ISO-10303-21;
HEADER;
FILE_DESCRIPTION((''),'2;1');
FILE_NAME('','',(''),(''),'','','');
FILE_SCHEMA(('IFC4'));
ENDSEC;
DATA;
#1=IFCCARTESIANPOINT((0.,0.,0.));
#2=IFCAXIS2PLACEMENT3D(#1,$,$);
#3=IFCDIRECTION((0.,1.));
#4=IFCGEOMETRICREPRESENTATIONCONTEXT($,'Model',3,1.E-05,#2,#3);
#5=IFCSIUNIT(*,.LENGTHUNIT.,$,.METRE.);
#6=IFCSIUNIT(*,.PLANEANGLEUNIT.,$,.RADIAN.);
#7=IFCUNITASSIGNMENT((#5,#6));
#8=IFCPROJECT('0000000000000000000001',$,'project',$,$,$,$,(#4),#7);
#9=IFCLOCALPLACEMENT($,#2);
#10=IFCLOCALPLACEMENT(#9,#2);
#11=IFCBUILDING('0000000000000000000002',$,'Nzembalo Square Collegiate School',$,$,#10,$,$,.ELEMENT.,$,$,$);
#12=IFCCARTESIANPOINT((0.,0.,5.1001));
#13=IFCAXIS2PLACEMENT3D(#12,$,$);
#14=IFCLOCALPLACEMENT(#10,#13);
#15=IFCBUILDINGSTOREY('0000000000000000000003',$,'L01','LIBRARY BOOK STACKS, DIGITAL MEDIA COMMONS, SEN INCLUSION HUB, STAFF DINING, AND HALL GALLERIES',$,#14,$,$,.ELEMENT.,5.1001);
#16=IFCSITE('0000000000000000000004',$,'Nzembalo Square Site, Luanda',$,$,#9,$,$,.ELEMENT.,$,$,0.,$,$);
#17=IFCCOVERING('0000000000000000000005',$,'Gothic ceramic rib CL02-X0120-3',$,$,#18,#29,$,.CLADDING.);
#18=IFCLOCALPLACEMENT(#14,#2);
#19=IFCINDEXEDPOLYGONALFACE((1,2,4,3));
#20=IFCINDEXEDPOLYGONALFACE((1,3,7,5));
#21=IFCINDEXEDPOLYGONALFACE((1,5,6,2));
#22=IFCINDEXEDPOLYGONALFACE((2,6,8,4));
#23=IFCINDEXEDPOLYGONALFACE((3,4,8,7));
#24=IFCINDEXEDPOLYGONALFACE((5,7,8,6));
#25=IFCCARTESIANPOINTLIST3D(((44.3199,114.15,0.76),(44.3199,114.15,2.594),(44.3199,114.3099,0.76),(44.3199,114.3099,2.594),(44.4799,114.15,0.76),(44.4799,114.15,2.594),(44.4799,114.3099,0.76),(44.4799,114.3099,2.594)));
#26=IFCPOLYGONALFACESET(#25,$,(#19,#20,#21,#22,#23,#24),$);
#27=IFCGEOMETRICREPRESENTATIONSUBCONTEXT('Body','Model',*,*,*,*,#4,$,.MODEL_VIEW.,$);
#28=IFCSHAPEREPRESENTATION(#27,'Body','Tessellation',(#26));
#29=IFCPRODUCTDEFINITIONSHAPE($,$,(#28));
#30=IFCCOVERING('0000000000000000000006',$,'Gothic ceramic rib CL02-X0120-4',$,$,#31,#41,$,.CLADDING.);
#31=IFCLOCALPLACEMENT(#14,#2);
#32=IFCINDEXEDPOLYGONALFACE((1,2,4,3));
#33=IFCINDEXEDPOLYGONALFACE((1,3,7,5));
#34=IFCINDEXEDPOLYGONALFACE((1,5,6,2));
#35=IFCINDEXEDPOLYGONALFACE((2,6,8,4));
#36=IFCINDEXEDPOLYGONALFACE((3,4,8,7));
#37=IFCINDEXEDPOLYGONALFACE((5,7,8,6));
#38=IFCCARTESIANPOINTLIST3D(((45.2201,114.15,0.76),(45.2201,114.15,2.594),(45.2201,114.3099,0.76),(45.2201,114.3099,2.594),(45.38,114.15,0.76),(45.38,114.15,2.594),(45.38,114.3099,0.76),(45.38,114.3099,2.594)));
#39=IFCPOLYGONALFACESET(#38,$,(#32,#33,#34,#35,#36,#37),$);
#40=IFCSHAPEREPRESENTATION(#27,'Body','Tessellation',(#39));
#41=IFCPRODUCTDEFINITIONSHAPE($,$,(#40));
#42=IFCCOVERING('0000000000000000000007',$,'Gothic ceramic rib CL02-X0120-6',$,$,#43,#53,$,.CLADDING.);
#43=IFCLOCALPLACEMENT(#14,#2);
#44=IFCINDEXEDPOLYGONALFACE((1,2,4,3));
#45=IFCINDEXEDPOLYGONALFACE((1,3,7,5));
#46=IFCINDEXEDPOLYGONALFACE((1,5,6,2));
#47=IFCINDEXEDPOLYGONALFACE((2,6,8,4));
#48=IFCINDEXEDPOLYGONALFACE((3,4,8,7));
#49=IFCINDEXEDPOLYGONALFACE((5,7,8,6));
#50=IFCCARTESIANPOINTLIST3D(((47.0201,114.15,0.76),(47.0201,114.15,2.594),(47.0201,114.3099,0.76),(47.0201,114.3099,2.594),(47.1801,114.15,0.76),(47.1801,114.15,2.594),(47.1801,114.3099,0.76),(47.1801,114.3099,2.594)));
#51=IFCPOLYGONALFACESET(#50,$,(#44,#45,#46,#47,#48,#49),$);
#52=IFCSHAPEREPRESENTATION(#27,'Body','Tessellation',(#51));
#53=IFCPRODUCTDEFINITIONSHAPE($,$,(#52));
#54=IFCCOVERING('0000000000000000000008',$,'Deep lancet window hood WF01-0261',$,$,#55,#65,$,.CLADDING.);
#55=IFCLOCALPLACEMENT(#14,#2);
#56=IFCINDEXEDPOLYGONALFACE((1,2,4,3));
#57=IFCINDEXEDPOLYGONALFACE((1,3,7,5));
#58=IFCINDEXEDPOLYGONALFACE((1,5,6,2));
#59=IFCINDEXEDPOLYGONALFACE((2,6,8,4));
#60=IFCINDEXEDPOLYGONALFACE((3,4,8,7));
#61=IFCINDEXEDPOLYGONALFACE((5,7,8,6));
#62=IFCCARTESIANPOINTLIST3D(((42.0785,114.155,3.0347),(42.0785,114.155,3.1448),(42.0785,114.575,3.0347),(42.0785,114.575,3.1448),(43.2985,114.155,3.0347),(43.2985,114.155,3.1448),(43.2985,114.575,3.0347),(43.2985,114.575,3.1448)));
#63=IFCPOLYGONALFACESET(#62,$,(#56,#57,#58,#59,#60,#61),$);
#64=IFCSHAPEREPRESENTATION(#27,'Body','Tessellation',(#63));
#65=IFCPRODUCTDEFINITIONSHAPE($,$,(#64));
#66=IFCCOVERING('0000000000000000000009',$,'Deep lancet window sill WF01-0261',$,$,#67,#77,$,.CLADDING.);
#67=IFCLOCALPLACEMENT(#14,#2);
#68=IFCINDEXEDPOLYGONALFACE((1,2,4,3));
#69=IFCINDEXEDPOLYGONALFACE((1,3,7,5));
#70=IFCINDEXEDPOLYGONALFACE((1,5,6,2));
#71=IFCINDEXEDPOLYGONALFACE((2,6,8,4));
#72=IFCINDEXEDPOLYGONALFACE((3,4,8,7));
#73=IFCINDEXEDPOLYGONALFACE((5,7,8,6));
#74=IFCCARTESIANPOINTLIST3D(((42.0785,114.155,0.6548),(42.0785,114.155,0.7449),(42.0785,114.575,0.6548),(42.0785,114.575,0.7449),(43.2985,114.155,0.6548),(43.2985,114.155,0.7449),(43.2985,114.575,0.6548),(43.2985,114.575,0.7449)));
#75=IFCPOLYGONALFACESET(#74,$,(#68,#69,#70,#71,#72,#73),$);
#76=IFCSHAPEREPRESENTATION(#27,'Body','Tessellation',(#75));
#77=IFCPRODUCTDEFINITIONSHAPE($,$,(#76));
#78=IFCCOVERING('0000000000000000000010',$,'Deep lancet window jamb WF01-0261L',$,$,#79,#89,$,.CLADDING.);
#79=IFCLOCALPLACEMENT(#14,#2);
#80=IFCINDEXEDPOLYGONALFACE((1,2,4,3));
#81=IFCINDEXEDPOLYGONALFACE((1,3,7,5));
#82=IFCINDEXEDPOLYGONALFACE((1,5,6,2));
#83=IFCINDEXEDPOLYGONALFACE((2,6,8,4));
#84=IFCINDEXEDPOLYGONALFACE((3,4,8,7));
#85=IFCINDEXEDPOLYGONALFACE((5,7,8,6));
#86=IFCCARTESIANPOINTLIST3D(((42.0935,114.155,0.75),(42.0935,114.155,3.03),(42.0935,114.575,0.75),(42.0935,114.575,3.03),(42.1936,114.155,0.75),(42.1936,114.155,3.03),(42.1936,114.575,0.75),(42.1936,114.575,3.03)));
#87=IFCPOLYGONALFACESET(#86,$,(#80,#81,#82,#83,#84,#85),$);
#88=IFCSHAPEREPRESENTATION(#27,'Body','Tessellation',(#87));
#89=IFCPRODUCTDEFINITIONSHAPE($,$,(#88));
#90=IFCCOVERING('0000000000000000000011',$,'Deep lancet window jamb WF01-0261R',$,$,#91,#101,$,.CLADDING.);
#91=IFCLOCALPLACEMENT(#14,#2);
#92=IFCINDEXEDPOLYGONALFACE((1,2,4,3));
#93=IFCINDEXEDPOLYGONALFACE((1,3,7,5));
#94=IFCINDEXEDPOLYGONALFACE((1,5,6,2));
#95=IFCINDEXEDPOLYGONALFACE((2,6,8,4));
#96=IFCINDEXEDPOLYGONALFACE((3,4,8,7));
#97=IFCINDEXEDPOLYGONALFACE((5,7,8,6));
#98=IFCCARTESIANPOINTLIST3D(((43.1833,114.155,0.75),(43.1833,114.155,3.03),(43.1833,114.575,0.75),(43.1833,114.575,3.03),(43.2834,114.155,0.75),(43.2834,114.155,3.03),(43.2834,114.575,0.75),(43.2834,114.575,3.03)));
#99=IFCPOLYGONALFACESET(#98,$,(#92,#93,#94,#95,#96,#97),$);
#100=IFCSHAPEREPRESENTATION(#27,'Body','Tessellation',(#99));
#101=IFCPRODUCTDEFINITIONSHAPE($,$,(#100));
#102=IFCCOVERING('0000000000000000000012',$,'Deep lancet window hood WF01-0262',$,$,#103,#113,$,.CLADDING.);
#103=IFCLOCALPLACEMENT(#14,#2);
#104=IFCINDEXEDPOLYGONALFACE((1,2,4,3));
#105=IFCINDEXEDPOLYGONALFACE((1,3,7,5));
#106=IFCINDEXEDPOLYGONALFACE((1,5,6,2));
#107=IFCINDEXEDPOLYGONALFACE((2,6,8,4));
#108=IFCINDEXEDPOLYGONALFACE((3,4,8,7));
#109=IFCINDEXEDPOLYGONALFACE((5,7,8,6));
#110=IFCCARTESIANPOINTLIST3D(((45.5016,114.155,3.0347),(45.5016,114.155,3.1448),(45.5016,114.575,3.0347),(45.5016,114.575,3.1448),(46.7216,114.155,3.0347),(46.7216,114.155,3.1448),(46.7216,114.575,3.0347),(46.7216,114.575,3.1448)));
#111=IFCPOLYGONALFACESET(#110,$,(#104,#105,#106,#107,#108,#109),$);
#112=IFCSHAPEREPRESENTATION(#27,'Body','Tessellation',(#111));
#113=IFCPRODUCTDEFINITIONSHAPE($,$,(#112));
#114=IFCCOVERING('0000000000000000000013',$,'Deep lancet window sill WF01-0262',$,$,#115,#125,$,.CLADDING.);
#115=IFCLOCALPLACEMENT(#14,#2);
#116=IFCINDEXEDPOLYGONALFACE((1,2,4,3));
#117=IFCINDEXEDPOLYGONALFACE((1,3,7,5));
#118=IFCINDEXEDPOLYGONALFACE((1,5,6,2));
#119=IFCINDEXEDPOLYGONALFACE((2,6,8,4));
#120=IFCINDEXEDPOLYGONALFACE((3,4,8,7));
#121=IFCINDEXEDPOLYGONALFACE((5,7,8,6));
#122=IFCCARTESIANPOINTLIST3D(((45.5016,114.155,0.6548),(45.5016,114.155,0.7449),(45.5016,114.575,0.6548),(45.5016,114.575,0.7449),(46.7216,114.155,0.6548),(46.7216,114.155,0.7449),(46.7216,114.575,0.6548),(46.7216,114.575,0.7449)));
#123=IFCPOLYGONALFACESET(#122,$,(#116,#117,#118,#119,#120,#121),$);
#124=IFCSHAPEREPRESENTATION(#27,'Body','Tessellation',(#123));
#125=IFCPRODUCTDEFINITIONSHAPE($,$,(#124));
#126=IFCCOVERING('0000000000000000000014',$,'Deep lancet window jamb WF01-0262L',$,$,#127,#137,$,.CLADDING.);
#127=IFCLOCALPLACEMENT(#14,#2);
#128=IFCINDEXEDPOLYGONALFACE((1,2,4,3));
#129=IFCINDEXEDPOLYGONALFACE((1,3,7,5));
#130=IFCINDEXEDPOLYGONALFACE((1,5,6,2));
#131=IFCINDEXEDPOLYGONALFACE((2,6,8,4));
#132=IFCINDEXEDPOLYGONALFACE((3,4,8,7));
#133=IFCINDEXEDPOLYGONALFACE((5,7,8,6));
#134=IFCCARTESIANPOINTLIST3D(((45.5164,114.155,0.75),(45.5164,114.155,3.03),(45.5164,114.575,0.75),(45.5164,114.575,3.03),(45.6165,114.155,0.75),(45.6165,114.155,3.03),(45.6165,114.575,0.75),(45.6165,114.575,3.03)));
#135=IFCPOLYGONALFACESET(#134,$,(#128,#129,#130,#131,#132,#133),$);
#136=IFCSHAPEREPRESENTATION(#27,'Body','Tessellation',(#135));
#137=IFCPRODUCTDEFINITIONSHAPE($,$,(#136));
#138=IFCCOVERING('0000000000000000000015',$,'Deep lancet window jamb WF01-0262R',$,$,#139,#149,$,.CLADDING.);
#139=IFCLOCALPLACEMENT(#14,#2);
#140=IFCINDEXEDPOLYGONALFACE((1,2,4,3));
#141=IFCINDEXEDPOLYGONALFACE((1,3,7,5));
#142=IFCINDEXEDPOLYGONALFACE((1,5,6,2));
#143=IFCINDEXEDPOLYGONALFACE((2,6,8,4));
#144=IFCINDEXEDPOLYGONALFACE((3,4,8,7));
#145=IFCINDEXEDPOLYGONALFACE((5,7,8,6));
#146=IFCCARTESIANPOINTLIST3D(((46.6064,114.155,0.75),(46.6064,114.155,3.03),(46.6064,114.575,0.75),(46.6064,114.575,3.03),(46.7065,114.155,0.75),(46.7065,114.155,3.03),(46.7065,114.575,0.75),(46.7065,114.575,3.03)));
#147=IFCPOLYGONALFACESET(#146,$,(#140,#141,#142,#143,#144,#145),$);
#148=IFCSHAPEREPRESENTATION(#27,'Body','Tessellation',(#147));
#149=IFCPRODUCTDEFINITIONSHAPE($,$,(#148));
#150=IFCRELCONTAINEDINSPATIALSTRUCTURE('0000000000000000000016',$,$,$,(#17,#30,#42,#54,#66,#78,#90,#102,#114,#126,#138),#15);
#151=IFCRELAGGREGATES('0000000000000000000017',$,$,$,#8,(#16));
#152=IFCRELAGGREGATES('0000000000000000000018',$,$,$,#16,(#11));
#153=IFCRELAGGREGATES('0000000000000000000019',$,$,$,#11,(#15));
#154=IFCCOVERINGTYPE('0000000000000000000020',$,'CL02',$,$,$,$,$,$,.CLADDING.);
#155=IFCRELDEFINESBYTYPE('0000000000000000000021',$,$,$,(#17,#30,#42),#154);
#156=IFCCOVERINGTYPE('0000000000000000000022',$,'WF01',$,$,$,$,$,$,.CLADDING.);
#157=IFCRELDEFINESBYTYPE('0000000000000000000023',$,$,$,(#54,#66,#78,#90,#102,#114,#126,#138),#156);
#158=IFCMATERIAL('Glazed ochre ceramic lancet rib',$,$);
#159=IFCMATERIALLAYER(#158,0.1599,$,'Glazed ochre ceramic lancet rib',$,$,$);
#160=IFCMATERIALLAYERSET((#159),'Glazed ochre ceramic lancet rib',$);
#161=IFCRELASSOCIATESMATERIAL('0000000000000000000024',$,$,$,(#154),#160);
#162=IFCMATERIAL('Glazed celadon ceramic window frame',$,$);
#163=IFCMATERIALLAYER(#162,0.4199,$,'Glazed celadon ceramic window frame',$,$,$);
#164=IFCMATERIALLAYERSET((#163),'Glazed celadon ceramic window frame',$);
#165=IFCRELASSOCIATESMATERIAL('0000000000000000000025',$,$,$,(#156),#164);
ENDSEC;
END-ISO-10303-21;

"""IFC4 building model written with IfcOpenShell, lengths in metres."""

from ifc_helpers import new_model, si_unit, direction, frame, origin, origin_2d, place, context, subcontext, project, spatial, rectangle, extrude, material, layer, layer_set, type_object, element, save


model = new_model("IFC4")

# Units and contexts
model_context = context("Model", 3, precision=1e-05, world=origin(), true_north=direction((0.0, 1.0)))
body_context = subcontext(model_context, "Body", "Model", "MODEL_VIEW")
ifc_project = project(units=[si_unit("LENGTHUNIT", "METRE"), si_unit("PLANEANGLEUNIT", "RADIAN")], contexts=[model_context])

# Site, building, storey
site_placement = place(None, origin())
site = spatial("IfcSite", under=ifc_project, at=site_placement, Name="Nzembalo Square Site, Luanda", CompositionType="ELEMENT", RefElevation=0.0)
building_placement = place(site_placement, origin())
building = spatial("IfcBuilding", under=site, at=building_placement, Name="Nzembalo Square Collegiate School", CompositionType="ELEMENT")
storey_placement = place(building_placement, frame((0.0, 0.0, 5.1001)))
storey = spatial("IfcBuildingStorey", under=building, at=storey_placement, Name="L01", Description="LIBRARY BOOK STACKS, DIGITAL MEDIA COMMONS, SEN INCLUSION HUB, STAFF DINING, AND HALL GALLERIES", CompositionType="ELEMENT", Elevation=5.1001)

# Coverings
ifc_material_1 = material(Name="Glazed ochre ceramic lancet rib")
ifc_layer_1 = layer(ifc_material_1, 0.1599, Name="Glazed ochre ceramic lancet rib")
ifc_layer_set_1 = layer_set([ifc_layer_1], Name="Glazed ochre ceramic lancet rib")
covering_type_1 = type_object("IfcCoveringType", Name="CL02", PredefinedType="CLADDING", material=ifc_layer_set_1)
for number, where, z_axis, x_axis, name in (
    (1, (44.3999, 114.23, 0.76), (0.0, 0.0, 1.0), (1.0, 0.0, 0.0), "Gothic ceramic rib CL02-X0120-3"),
    (2, (45.3, 114.23, 0.76), (0.0, 0.0, 1.0), (1.0, 0.0, 0.0), "Gothic ceramic rib CL02-X0120-4"),
    (3, (47.1001, 114.23, 0.76), (0.0, 0.0, 1.0), (1.0, 0.0, 0.0), "Gothic ceramic rib CL02-X0120-6"),
):
    element("IfcCovering", number, at=place(storey_placement, frame(where, z_axis=z_axis, x_axis=x_axis)), inside=storey, type_object=covering_type_1, Name=name, PredefinedType="CLADDING", context=body_context, shape_type="SweptSolid", body=[
        extrude(rectangle(XDim=0.1599, YDim=0.1599, at=origin_2d()), origin(), (0.0, 0.0, 1.0), 1.834),
    ])
ifc_material_2 = material(Name="Glazed celadon ceramic window frame")
ifc_layer_2 = layer(ifc_material_2, 0.4199, Name="Glazed celadon ceramic window frame")
ifc_layer_set_2 = layer_set([ifc_layer_2], Name="Glazed celadon ceramic window frame")
covering_type_2 = type_object("IfcCoveringType", Name="WF01", PredefinedType="CLADDING", material=ifc_layer_set_2)
covering_1_placement = place(storey_placement, frame((42.6885, 114.365, 3.0347), z_axis=(0.0, 0.0, 1.0), x_axis=(1.0, 0.0, 0.0)))
element("IfcCovering", 4, at=covering_1_placement, inside=storey, type_object=covering_type_2, Name="Deep lancet window hood WF01-0261", PredefinedType="CLADDING", context=body_context, shape_type="SweptSolid", body=[
    extrude(rectangle(XDim=1.22, YDim=0.4199, at=origin_2d()), origin(), (0.0, 0.0, 1.0), 0.1101),
])
covering_2_placement = place(storey_placement, frame((42.6885, 114.365, 0.6548), z_axis=(0.0, 0.0, 1.0), x_axis=(1.0, 0.0, 0.0)))
element("IfcCovering", 5, at=covering_2_placement, inside=storey, type_object=covering_type_2, Name="Deep lancet window sill WF01-0261", PredefinedType="CLADDING", context=body_context, shape_type="SweptSolid", body=[
    extrude(rectangle(XDim=1.22, YDim=0.4199, at=origin_2d()), origin(), (0.0, 0.0, 1.0), 0.0901),
])
for number, where, z_axis, x_axis, name in (
    (6, (42.1436, 114.365, 0.75), (0.0, 0.0, 1.0), (1.0, 0.0, 0.0), "Deep lancet window jamb WF01-0261L"),
    (7, (43.2334, 114.365, 0.75), (0.0, 0.0, 1.0), (1.0, 0.0, 0.0), "Deep lancet window jamb WF01-0261R"),
):
    element("IfcCovering", number, at=place(storey_placement, frame(where, z_axis=z_axis, x_axis=x_axis)), inside=storey, type_object=covering_type_2, Name=name, PredefinedType="CLADDING", context=body_context, shape_type="SweptSolid", body=[
        extrude(rectangle(XDim=0.1001, YDim=0.4199, at=origin_2d()), origin(), (0.0, 0.0, 1.0), 2.28),
    ])
covering_3_placement = place(storey_placement, frame((46.1116, 114.365, 3.0347), z_axis=(0.0, 0.0, 1.0), x_axis=(1.0, 0.0, 0.0)))
element("IfcCovering", 8, at=covering_3_placement, inside=storey, type_object=covering_type_2, Name="Deep lancet window hood WF01-0262", PredefinedType="CLADDING", context=body_context, shape_type="SweptSolid", body=[
    extrude(rectangle(XDim=1.22, YDim=0.4199, at=origin_2d()), origin(), (0.0, 0.0, 1.0), 0.1101),
])
covering_4_placement = place(storey_placement, frame((46.1116, 114.365, 0.6548), z_axis=(0.0, 0.0, 1.0), x_axis=(1.0, 0.0, 0.0)))
element("IfcCovering", 9, at=covering_4_placement, inside=storey, type_object=covering_type_2, Name="Deep lancet window sill WF01-0262", PredefinedType="CLADDING", context=body_context, shape_type="SweptSolid", body=[
    extrude(rectangle(XDim=1.22, YDim=0.4199, at=origin_2d()), origin(), (0.0, 0.0, 1.0), 0.0901),
])
for number, where, z_axis, x_axis, name in (
    (10, (45.5664, 114.365, 0.75), (0.0, 0.0, 1.0), (1.0, 0.0, 0.0), "Deep lancet window jamb WF01-0262L"),
    (11, (46.6565, 114.365, 0.75), (0.0, 0.0, 1.0), (1.0, 0.0, 0.0), "Deep lancet window jamb WF01-0262R"),
):
    element("IfcCovering", number, at=place(storey_placement, frame(where, z_axis=z_axis, x_axis=x_axis)), inside=storey, type_object=covering_type_2, Name=name, PredefinedType="CLADDING", context=body_context, shape_type="SweptSolid", body=[
        extrude(rectangle(XDim=0.1001, YDim=0.4199, at=origin_2d()), origin(), (0.0, 0.0, 1.0), 2.28),
    ])

save(model, "model.ifc")
